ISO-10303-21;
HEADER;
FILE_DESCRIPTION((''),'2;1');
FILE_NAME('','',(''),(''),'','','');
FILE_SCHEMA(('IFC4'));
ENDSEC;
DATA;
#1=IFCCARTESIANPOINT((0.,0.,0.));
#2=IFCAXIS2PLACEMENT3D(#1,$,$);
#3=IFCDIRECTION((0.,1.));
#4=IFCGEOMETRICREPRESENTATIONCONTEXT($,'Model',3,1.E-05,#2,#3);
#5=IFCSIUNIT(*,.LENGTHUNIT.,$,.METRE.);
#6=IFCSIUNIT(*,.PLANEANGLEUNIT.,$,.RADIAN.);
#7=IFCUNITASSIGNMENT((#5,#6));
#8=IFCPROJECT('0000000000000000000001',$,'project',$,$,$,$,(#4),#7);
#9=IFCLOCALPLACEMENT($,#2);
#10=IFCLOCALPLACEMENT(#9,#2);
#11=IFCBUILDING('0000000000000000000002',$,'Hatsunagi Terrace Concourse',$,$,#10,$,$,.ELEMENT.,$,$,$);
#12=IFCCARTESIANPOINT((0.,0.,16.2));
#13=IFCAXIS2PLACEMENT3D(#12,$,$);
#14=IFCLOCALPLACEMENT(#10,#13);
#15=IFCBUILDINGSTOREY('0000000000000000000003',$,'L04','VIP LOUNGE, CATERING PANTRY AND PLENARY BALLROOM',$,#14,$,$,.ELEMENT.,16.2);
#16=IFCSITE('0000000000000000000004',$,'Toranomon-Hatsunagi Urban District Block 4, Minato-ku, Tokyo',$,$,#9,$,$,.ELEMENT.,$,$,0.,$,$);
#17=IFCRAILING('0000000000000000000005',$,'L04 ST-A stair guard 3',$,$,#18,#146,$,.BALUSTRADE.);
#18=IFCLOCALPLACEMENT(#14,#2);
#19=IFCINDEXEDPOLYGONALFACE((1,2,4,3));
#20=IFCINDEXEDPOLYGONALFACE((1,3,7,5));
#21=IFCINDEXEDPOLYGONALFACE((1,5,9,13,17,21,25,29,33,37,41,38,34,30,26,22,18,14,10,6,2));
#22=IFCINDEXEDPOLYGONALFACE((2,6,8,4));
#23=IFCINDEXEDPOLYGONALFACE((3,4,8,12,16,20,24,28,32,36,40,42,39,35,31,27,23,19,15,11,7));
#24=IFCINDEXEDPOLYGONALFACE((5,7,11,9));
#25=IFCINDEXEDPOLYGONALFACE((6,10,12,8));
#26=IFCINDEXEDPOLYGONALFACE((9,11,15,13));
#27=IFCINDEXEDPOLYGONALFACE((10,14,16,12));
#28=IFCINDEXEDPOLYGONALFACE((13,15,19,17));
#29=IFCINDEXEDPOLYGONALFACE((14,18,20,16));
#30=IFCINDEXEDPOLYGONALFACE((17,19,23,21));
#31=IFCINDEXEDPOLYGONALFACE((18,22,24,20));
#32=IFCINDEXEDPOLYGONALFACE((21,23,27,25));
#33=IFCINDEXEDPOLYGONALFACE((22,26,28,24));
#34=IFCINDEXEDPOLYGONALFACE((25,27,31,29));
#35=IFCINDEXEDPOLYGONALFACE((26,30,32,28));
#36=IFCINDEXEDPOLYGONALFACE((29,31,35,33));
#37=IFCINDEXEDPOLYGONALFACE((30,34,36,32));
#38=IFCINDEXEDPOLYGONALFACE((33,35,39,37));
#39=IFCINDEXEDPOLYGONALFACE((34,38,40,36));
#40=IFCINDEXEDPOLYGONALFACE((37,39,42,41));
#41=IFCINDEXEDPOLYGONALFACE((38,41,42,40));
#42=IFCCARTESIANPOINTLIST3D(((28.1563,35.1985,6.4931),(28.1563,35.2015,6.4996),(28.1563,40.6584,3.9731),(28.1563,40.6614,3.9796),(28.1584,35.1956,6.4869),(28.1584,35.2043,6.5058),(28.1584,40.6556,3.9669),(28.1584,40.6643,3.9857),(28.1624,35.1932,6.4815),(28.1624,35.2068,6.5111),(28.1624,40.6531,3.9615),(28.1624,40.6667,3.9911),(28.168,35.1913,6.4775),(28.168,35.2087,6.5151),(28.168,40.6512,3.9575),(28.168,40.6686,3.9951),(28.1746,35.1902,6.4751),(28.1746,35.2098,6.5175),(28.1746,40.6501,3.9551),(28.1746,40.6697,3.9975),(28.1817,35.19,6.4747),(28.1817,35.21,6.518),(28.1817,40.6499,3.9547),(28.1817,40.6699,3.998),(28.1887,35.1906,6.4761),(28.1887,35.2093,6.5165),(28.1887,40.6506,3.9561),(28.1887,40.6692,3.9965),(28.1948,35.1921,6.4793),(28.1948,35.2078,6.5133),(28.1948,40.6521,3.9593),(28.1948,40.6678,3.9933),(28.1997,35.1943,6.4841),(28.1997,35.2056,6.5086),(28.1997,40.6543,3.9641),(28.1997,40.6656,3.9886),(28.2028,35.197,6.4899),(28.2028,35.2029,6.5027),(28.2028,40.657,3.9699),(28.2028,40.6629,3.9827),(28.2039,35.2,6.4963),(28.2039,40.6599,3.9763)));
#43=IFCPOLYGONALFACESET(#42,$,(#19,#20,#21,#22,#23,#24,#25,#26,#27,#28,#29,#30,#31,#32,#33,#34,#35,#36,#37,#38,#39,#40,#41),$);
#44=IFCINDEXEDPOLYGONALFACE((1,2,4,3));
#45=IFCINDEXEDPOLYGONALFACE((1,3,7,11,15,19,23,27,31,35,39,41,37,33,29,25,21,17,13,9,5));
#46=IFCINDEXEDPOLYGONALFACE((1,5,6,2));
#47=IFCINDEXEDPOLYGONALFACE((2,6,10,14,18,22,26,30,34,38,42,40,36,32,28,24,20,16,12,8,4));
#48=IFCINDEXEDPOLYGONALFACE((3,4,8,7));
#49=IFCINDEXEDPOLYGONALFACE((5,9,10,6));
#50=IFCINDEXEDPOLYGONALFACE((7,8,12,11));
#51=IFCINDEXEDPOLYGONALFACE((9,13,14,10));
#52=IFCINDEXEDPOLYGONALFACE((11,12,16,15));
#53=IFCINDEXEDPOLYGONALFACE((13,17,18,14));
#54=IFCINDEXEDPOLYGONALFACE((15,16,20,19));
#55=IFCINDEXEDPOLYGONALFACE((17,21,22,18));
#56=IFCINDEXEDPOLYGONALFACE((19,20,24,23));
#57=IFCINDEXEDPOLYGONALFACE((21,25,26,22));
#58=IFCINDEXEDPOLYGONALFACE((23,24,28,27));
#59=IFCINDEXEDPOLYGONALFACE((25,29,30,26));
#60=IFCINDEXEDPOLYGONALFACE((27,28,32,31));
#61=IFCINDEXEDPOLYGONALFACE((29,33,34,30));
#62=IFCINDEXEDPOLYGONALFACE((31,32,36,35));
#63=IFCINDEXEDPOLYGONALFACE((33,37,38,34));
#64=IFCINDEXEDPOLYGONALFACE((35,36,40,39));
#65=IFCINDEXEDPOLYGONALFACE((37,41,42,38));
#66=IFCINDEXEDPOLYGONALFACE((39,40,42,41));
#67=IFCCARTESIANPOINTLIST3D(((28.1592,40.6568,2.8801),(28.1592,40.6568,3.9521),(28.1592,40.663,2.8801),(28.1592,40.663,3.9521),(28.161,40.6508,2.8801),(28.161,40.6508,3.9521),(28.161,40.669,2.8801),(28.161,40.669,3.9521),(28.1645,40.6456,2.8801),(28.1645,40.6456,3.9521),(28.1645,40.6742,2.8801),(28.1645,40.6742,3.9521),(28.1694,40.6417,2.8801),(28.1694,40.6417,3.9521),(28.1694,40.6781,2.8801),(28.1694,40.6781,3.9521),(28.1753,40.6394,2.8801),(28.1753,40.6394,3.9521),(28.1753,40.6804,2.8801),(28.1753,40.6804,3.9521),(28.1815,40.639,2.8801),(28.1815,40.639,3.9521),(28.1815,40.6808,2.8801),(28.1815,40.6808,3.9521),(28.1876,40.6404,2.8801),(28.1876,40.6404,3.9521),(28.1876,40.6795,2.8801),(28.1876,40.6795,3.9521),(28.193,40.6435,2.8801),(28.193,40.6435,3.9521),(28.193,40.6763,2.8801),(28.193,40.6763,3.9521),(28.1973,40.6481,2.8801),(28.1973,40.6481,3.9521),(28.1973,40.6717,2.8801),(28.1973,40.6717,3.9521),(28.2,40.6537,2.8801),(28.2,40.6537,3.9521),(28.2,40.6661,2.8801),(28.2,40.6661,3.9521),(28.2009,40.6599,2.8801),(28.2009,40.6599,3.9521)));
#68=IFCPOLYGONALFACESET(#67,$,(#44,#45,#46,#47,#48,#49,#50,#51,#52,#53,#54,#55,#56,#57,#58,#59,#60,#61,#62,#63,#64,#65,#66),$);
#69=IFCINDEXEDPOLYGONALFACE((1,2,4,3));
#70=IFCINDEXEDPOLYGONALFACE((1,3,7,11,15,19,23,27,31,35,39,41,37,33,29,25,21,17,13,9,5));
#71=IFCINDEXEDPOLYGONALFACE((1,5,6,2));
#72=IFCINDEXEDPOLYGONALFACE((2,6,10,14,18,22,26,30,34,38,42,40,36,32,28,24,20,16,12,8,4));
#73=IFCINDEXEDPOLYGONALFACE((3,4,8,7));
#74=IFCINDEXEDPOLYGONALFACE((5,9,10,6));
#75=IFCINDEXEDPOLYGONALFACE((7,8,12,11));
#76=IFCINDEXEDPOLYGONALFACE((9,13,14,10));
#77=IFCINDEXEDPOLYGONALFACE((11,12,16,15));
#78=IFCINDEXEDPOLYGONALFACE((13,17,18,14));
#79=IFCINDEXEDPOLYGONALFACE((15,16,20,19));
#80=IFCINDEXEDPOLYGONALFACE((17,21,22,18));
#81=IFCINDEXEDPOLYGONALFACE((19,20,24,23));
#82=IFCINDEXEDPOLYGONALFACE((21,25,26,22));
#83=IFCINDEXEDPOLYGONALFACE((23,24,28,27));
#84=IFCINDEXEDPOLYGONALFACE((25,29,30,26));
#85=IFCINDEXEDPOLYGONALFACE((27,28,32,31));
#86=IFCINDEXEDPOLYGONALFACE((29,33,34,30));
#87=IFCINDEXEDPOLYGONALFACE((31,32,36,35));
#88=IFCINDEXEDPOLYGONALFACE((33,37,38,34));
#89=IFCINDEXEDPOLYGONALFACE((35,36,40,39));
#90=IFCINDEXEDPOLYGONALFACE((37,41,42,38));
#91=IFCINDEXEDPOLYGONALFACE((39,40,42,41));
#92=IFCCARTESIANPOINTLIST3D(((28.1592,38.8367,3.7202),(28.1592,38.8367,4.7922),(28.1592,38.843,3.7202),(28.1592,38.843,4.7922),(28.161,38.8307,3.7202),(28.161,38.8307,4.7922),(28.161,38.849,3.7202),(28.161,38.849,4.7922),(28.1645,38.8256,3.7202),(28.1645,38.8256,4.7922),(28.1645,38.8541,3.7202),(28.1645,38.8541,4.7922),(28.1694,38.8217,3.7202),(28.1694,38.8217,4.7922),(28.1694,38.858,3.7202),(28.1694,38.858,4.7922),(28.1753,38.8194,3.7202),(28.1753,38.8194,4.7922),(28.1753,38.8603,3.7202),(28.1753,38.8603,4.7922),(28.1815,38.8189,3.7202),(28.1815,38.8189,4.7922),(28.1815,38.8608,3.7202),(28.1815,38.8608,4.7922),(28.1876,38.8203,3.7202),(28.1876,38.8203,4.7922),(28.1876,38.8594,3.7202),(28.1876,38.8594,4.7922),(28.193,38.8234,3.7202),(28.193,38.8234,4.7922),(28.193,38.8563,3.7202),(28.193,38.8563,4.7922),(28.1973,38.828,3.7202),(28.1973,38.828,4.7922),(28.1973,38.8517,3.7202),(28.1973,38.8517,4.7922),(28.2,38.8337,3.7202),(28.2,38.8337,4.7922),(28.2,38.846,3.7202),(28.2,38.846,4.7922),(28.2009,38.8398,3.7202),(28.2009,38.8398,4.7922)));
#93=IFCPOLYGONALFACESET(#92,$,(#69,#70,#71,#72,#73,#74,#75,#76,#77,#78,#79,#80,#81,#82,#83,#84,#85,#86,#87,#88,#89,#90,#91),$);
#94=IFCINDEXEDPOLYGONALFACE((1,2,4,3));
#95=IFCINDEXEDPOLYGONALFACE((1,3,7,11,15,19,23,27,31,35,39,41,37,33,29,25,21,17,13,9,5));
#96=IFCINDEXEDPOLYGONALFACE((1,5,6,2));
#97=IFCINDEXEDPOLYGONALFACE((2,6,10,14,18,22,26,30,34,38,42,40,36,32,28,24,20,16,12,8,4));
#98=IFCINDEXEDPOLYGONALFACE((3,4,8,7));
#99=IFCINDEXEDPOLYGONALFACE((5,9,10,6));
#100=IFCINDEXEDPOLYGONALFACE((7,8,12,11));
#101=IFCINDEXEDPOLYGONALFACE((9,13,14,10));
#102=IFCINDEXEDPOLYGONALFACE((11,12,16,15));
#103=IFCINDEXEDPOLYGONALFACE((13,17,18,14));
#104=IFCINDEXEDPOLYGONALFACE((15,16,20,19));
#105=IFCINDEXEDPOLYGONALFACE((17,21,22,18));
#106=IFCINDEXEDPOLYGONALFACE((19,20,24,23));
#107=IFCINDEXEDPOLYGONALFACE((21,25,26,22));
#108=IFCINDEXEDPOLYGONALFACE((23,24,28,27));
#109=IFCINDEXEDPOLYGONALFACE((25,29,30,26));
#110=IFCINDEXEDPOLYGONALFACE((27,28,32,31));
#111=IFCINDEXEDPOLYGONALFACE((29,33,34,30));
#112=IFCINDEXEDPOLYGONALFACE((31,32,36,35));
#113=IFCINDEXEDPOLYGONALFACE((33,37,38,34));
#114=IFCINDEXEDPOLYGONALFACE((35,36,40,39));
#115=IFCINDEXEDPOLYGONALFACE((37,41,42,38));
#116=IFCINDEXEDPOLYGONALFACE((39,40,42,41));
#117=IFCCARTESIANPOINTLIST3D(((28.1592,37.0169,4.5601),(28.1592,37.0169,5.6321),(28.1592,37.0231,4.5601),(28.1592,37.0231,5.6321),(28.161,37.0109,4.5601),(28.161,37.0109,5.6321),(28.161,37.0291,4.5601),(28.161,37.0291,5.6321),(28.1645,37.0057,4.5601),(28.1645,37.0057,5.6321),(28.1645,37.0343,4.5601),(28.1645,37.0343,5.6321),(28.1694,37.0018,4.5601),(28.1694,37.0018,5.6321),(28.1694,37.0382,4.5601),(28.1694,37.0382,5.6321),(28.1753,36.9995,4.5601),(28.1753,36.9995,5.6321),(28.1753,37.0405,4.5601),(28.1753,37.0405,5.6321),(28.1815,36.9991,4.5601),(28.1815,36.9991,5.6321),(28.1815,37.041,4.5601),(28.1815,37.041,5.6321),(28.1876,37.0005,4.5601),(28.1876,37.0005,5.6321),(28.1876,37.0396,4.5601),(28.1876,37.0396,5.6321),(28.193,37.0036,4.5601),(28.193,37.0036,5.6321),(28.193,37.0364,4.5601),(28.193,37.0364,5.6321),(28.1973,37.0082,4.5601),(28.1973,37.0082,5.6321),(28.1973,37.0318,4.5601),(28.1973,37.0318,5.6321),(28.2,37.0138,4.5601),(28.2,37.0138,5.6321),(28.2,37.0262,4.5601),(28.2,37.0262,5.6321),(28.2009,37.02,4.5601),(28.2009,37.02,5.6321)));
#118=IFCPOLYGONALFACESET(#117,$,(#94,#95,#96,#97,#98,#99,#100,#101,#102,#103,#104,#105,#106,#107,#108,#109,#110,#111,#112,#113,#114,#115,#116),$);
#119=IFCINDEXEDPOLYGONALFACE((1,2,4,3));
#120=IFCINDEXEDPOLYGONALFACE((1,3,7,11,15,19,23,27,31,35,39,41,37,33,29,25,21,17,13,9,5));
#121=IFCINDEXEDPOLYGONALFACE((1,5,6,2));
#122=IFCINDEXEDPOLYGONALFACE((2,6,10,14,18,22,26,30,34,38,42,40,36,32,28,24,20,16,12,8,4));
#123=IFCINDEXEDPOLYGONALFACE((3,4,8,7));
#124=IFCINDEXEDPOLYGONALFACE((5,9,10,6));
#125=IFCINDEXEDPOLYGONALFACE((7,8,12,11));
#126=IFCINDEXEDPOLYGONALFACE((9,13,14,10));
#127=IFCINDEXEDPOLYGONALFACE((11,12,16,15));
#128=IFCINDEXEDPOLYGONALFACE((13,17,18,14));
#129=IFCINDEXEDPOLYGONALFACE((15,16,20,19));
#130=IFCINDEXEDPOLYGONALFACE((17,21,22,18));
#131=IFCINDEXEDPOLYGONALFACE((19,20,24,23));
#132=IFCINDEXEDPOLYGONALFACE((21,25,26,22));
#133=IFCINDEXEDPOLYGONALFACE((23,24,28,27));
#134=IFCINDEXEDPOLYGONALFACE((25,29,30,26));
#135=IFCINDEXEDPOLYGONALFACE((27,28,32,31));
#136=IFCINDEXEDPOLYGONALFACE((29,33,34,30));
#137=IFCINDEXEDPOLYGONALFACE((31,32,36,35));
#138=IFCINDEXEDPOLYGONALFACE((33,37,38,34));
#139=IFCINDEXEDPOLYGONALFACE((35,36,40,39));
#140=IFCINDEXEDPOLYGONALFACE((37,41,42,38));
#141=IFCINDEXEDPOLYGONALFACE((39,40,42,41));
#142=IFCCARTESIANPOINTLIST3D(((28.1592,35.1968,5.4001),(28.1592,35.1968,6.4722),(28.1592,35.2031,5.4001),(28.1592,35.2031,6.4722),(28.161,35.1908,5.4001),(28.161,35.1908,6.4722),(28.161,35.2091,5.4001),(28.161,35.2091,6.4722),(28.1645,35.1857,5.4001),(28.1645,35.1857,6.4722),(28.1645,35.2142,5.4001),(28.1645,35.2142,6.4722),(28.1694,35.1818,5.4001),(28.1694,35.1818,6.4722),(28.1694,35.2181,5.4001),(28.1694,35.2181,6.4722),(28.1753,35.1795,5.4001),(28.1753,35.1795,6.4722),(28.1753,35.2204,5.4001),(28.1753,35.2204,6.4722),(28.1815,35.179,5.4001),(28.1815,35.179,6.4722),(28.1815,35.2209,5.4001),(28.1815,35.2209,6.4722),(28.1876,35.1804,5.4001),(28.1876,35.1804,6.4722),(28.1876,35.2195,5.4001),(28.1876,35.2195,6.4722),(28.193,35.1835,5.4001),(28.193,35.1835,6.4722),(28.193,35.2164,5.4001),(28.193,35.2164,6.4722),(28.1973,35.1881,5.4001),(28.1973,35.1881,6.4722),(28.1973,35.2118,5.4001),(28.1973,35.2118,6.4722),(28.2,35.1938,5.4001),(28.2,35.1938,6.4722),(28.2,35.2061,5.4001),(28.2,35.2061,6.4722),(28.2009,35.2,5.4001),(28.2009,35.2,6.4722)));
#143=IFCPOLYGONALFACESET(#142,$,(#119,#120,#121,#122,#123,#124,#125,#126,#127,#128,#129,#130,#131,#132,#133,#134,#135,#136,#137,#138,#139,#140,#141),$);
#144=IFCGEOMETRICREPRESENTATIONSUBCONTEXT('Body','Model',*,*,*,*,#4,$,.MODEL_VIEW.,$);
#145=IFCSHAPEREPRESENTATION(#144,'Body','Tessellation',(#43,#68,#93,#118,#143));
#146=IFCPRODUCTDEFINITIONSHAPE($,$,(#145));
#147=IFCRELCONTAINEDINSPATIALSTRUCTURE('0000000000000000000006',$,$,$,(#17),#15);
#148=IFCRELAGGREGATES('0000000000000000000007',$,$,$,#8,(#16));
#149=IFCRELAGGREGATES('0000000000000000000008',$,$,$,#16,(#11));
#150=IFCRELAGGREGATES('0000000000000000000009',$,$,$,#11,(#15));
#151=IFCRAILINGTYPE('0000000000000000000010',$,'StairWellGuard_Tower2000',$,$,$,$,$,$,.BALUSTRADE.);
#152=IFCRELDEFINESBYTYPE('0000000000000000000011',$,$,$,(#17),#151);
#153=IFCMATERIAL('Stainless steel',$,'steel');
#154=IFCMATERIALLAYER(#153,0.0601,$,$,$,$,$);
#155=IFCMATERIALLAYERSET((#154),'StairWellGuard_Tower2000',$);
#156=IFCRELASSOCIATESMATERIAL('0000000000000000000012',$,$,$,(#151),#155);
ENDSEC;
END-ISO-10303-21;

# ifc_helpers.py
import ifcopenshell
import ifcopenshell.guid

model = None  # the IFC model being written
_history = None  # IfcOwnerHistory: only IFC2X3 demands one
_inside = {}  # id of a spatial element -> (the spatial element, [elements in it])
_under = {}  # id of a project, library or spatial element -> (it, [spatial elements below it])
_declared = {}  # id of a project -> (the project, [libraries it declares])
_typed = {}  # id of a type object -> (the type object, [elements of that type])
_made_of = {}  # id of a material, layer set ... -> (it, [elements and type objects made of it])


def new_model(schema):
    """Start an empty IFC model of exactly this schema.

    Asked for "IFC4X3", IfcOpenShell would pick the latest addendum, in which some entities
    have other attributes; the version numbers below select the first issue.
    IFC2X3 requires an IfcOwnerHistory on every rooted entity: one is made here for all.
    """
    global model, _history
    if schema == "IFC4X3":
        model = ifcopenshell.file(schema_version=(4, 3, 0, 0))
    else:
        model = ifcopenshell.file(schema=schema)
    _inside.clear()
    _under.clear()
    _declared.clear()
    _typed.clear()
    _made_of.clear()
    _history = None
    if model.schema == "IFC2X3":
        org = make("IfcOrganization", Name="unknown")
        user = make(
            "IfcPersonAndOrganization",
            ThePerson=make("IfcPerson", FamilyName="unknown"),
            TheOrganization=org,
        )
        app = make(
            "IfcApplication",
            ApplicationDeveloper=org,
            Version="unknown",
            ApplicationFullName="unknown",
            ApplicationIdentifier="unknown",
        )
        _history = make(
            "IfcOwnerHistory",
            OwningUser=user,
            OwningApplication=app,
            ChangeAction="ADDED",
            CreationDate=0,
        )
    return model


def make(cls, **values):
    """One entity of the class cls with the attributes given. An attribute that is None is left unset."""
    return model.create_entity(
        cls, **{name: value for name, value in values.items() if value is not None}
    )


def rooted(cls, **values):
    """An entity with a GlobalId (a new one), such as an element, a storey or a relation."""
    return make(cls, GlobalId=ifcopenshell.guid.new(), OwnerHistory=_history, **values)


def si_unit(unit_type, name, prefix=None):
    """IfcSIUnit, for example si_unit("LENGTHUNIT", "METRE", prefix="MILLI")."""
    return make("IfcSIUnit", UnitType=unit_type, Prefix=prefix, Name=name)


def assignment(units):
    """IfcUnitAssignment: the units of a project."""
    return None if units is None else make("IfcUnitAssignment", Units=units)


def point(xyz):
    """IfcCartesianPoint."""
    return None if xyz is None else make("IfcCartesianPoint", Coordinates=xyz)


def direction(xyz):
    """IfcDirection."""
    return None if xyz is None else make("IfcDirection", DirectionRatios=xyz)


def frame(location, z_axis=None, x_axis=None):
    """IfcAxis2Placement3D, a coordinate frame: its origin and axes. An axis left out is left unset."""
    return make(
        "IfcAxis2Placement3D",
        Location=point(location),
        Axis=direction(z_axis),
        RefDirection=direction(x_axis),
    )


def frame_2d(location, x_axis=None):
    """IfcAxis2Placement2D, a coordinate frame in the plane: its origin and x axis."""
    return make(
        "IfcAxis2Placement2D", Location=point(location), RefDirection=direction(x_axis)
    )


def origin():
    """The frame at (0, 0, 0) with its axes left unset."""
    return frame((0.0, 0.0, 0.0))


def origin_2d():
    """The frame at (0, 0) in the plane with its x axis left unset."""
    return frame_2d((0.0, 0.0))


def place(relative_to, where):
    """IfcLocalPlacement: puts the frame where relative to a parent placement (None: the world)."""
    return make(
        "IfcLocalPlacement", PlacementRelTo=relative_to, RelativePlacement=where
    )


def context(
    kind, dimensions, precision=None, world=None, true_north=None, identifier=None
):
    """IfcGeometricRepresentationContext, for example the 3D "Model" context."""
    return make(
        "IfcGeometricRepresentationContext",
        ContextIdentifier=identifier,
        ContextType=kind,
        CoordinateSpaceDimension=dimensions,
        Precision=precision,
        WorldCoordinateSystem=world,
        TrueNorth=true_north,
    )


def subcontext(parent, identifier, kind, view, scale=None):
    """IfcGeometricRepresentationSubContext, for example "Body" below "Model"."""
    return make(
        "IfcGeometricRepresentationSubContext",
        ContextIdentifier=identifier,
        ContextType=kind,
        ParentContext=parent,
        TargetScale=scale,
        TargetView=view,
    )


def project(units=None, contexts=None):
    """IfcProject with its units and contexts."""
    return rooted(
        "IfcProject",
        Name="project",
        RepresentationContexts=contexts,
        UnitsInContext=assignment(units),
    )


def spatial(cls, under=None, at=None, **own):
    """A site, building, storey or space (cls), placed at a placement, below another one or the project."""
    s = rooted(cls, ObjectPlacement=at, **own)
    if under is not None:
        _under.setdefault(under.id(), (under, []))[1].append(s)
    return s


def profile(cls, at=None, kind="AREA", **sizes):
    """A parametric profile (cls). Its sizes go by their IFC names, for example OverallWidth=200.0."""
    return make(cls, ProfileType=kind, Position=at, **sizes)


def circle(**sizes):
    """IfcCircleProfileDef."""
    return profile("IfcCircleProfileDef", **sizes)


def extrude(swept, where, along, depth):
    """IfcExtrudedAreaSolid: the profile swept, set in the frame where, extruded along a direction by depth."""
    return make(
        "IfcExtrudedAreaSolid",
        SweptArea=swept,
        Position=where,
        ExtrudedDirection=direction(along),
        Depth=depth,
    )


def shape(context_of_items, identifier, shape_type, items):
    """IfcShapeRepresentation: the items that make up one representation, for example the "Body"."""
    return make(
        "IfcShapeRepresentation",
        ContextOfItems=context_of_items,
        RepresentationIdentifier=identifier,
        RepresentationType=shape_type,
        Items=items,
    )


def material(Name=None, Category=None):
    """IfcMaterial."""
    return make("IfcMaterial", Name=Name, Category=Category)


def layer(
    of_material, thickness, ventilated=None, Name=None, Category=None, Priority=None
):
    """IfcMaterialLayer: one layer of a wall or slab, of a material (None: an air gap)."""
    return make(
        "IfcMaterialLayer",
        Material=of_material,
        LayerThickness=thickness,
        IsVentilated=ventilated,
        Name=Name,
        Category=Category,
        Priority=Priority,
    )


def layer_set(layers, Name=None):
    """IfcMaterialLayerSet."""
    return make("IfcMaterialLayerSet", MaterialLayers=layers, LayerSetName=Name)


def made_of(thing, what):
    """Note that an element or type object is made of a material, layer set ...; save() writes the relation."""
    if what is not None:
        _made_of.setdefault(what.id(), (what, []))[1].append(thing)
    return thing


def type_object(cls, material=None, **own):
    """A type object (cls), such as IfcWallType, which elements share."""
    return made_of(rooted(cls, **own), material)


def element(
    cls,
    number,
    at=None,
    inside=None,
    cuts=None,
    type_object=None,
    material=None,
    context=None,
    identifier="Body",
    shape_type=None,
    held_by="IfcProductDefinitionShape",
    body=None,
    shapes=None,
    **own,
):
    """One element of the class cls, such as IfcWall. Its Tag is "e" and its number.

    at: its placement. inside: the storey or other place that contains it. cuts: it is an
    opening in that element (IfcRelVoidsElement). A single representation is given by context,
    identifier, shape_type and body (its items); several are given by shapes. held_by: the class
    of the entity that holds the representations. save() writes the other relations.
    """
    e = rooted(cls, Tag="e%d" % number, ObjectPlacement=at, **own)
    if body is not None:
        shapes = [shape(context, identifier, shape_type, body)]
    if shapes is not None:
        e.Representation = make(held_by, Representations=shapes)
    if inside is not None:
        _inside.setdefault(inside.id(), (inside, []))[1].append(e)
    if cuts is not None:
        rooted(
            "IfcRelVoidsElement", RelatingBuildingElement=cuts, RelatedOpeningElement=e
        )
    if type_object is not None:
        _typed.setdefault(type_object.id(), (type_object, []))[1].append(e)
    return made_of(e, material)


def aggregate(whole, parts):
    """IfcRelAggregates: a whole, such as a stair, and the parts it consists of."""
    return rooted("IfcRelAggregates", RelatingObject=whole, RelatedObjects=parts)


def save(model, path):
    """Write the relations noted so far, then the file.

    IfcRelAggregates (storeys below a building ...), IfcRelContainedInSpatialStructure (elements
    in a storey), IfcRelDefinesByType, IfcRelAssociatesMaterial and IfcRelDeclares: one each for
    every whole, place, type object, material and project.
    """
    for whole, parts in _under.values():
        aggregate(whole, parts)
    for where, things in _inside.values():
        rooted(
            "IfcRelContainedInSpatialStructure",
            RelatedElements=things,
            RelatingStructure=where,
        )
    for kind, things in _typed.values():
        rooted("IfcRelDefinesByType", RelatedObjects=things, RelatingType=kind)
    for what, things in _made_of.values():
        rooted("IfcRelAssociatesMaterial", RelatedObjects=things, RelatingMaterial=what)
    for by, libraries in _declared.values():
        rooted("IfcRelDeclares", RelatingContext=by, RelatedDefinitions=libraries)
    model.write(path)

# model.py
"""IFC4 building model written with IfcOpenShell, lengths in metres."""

from ifc_helpers import new_model, si_unit, direction, frame, origin, origin_2d, place, context, subcontext, project, spatial, circle, extrude, material, layer, layer_set, type_object, element, save


model = new_model("IFC4")

# Units and contexts
model_context = context("Model", 3, precision=1e-05, world=origin(), true_north=direction((0.0, 1.0)))
body_context = subcontext(model_context, "Body", "Model", "MODEL_VIEW")
ifc_project = project(units=[si_unit("LENGTHUNIT", "METRE"), si_unit("PLANEANGLEUNIT", "RADIAN")], contexts=[model_context])

# Site, building, storey
site_placement = place(None, origin())
site = spatial("IfcSite", under=ifc_project, at=site_placement, Name="Toranomon-Hatsunagi Urban District Block 4, Minato-ku, Tokyo", CompositionType="ELEMENT", RefElevation=0.0)
building_placement = place(site_placement, origin())
building = spatial("IfcBuilding", under=site, at=building_placement, Name="Hatsunagi Terrace Concourse", CompositionType="ELEMENT")
storey_placement = place(building_placement, frame((0.0, 0.0, 16.2)))
storey = spatial("IfcBuildingStorey", under=building, at=storey_placement, Name="L04", Description="VIP LOUNGE, CATERING PANTRY AND PLENARY BALLROOM", CompositionType="ELEMENT", Elevation=16.2)

# Railing
ifc_material_1 = material(Name="Stainless steel", Category="steel")
ifc_layer_1 = layer(ifc_material_1, 0.0601)
ifc_layer_set_1 = layer_set([ifc_layer_1], Name="StairWellGuard_Tower2000")
railing_type_1 = type_object("IfcRailingType", Name="StairWellGuard_Tower2000", PredefinedType="BALUSTRADE", material=ifc_layer_set_1)
railing_1_placement = place(storey_placement, frame((28.1799, 40.6599, 2.8801)))
element("IfcRailing", 1, at=railing_1_placement, inside=storey, type_object=railing_type_1, Name="L04 ST-A stair guard 3", PredefinedType="BALUSTRADE", context=body_context, shape_type="SweptSolid", body=[
    extrude(circle(Radius=0.0239, at=origin_2d()), frame((0.0, 0.0, 1.0962), z_axis=(0.0, -0.907957, 0.419063), x_axis=(1.0, 0.0, 0.0)), (0.0, 0.0, 1.0), 6.0134),
    extrude(circle(Radius=0.021, at=origin_2d()), origin(), (0.0, 0.0, 1.0), 1.072),
    extrude(circle(Radius=0.021, at=origin_2d()), frame((0.0, -1.8201, 0.8401)), (0.0, 0.0, 1.0), 1.072),
    extrude(circle(Radius=0.021, at=origin_2d()), frame((0.0, -3.6399, 1.6799)), (0.0, 0.0, 1.0), 1.072),
    extrude(circle(Radius=0.021, at=origin_2d()), frame((0.0, -5.46, 2.52)), (0.0, 0.0, 1.0), 1.072),
])

save(model, "model.ifc")
